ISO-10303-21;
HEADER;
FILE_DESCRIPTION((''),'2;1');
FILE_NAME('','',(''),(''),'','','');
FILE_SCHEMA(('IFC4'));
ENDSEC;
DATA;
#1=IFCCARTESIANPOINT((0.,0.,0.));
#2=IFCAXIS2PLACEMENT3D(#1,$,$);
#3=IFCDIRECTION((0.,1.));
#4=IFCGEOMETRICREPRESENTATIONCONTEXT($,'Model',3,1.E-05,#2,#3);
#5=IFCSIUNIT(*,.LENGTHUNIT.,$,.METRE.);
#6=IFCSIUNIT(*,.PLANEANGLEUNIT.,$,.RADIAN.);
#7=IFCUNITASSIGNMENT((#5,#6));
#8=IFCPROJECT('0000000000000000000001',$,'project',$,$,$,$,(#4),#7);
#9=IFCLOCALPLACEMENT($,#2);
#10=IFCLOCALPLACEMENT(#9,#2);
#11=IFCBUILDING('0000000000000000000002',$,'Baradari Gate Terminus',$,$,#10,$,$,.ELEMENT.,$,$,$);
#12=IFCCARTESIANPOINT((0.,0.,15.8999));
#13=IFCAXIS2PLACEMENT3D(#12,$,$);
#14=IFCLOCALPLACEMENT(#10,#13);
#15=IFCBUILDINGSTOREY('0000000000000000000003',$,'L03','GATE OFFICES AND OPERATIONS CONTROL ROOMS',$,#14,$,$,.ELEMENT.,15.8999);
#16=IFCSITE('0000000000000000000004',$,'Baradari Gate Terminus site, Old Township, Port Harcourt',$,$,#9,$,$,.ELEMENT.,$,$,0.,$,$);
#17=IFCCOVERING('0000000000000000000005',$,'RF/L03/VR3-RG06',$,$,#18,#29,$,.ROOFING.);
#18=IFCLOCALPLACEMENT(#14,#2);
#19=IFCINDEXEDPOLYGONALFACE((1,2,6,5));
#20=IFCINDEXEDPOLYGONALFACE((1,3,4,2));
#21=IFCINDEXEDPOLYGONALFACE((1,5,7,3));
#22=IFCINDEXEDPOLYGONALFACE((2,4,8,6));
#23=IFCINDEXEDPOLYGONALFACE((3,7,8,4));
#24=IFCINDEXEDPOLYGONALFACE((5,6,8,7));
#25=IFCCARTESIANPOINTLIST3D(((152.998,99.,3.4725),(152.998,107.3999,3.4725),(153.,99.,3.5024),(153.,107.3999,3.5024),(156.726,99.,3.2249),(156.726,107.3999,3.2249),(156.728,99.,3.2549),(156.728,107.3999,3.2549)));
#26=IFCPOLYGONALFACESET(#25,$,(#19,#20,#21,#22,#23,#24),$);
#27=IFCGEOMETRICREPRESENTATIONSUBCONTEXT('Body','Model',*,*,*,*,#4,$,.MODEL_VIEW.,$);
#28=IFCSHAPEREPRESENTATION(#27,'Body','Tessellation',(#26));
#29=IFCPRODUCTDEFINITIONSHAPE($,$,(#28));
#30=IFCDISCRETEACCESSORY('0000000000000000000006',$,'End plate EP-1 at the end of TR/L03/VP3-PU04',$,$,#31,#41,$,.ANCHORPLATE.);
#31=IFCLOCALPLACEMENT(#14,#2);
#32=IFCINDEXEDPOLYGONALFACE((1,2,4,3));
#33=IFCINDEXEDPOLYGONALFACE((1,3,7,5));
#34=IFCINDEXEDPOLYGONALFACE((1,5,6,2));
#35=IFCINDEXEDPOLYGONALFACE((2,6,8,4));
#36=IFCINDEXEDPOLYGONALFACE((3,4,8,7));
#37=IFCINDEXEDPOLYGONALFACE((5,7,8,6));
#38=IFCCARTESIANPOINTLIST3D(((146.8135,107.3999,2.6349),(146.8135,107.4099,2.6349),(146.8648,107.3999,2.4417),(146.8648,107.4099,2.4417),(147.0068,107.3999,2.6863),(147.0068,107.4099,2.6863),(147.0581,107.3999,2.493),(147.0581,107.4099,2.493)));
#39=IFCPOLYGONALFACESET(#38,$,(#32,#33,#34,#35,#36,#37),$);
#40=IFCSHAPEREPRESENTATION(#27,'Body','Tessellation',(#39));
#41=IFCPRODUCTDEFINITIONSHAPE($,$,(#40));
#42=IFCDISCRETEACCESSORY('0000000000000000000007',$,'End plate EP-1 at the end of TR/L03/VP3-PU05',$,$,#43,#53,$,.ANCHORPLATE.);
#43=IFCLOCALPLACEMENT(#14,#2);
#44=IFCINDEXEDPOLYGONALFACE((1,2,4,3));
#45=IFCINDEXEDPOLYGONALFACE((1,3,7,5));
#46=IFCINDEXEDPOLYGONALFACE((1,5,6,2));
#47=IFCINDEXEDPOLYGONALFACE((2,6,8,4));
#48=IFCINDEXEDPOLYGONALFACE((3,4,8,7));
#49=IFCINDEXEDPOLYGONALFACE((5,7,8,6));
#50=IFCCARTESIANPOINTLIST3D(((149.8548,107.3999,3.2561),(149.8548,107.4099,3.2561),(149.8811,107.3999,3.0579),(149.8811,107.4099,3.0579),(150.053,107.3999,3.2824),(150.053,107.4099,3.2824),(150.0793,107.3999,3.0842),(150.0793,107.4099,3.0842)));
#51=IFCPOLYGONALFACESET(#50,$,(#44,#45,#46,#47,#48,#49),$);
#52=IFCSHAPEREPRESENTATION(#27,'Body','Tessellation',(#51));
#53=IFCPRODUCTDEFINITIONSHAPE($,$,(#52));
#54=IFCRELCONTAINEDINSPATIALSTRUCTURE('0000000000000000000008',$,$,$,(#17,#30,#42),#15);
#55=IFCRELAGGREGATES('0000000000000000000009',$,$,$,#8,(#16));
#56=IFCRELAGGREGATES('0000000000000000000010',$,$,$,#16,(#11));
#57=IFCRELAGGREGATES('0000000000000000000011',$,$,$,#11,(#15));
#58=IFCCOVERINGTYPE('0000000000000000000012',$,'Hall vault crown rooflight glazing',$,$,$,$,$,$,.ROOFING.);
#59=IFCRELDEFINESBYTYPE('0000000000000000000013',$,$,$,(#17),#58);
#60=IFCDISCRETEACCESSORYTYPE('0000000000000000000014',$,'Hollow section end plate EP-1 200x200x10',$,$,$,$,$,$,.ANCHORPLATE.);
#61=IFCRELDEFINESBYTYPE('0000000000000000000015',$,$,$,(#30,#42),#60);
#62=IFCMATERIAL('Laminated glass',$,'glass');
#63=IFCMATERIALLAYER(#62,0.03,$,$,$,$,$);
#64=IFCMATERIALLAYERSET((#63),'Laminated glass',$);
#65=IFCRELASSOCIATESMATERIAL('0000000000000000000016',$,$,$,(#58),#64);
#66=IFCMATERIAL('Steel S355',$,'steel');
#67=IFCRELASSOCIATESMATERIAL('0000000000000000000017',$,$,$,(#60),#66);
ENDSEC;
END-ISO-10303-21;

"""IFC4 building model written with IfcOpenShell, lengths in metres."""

from ifc_helpers import new_model, si_unit, direction, frame, origin, origin_2d, place, context, subcontext, project, spatial, polyline, rectangle, outline, extrude, material, layer, layer_set, type_object, element, save


model = new_model("IFC4")

# Units and contexts
model_context = context("Model", 3, precision=1e-05, world=origin(), true_north=direction((0.0, 1.0)))
body_context = subcontext(model_context, "Body", "Model", "MODEL_VIEW")
ifc_project = project(units=[si_unit("LENGTHUNIT", "METRE"), si_unit("PLANEANGLEUNIT", "RADIAN")], contexts=[model_context])

# Site, building, storey
site_placement = place(None, origin())
site = spatial("IfcSite", under=ifc_project, at=site_placement, Name="Baradari Gate Terminus site, Old Township, Port Harcourt", CompositionType="ELEMENT", RefElevation=0.0)
building_placement = place(site_placement, origin())
building = spatial("IfcBuilding", under=site, at=building_placement, Name="Baradari Gate Terminus", CompositionType="ELEMENT")
storey_placement = place(building_placement, frame((0.0, 0.0, 15.8999)))
storey = spatial("IfcBuildingStorey", under=building, at=storey_placement, Name="L03", Description="GATE OFFICES AND OPERATIONS CONTROL ROOMS", CompositionType="ELEMENT", Elevation=15.8999)

# Covering
ifc_material_1 = material(Name="Laminated glass", Category="glass")
ifc_layer_1 = layer(ifc_material_1, 0.03)
ifc_layer_set_1 = layer_set([ifc_layer_1], Name="Laminated glass")
covering_type_1 = type_object("IfcCoveringType", Name="Hall vault crown rooflight glazing", PredefinedType="ROOFING", material=ifc_layer_set_1)
for number, where, z_axis, x_axis, name in (
    (1, (153.0, 99.0, 3.5024), (0.066259, 0.0, 0.997802), (0.0, 1.0, 0.0), "RF/L03/VR3-RG06"),
):
    element("IfcCovering", number, at=place(storey_placement, frame(where, z_axis=z_axis, x_axis=x_axis)), inside=storey, type_object=covering_type_1, Name=name, PredefinedType="ROOFING", context=body_context, shape_type="SweptSolid", body=[
        extrude(outline(polyline([(0.0, 0.0), (8.3999, 0.0), (8.3999, -3.7362), (0.0, -3.7362), (0.0, 0.0)])), origin(), (0.0, 0.0, -1.0), 0.03),
    ])

# Discrete accessories
ifc_material_2 = material(Name="Steel S355", Category="steel")
discrete_accessory_type = type_object("IfcDiscreteAccessoryType", Name="Hollow section end plate EP-1 200x200x10", PredefinedType="ANCHORPLATE", material=ifc_material_2)
for number, where, z_axis, x_axis, name in (
    (2, (146.9358, 107.3999, 2.564), (0.0, 1.0, 0.0), (-0.9665, 0.0, -0.256668), "End plate EP-1 at the end of TR/L03/VP3-PU04"),
    (3, (149.967, 107.3999, 3.1702), (0.0, 1.0, 0.0), (-0.991303, 0.0, -0.131599), "End plate EP-1 at the end of TR/L03/VP3-PU05"),
):
    element("IfcDiscreteAccessory", number, at=place(storey_placement, frame(where, z_axis=z_axis, x_axis=x_axis)), inside=storey, type_object=discrete_accessory_type, Name=name, PredefinedType="ANCHORPLATE", context=body_context, shape_type="SweptSolid", body=[
        extrude(rectangle(XDim=0.2, YDim=0.2, at=origin_2d()), origin(), (0.0, 0.0, 1.0), 0.01),
    ])

save(model, "model.ifc")
